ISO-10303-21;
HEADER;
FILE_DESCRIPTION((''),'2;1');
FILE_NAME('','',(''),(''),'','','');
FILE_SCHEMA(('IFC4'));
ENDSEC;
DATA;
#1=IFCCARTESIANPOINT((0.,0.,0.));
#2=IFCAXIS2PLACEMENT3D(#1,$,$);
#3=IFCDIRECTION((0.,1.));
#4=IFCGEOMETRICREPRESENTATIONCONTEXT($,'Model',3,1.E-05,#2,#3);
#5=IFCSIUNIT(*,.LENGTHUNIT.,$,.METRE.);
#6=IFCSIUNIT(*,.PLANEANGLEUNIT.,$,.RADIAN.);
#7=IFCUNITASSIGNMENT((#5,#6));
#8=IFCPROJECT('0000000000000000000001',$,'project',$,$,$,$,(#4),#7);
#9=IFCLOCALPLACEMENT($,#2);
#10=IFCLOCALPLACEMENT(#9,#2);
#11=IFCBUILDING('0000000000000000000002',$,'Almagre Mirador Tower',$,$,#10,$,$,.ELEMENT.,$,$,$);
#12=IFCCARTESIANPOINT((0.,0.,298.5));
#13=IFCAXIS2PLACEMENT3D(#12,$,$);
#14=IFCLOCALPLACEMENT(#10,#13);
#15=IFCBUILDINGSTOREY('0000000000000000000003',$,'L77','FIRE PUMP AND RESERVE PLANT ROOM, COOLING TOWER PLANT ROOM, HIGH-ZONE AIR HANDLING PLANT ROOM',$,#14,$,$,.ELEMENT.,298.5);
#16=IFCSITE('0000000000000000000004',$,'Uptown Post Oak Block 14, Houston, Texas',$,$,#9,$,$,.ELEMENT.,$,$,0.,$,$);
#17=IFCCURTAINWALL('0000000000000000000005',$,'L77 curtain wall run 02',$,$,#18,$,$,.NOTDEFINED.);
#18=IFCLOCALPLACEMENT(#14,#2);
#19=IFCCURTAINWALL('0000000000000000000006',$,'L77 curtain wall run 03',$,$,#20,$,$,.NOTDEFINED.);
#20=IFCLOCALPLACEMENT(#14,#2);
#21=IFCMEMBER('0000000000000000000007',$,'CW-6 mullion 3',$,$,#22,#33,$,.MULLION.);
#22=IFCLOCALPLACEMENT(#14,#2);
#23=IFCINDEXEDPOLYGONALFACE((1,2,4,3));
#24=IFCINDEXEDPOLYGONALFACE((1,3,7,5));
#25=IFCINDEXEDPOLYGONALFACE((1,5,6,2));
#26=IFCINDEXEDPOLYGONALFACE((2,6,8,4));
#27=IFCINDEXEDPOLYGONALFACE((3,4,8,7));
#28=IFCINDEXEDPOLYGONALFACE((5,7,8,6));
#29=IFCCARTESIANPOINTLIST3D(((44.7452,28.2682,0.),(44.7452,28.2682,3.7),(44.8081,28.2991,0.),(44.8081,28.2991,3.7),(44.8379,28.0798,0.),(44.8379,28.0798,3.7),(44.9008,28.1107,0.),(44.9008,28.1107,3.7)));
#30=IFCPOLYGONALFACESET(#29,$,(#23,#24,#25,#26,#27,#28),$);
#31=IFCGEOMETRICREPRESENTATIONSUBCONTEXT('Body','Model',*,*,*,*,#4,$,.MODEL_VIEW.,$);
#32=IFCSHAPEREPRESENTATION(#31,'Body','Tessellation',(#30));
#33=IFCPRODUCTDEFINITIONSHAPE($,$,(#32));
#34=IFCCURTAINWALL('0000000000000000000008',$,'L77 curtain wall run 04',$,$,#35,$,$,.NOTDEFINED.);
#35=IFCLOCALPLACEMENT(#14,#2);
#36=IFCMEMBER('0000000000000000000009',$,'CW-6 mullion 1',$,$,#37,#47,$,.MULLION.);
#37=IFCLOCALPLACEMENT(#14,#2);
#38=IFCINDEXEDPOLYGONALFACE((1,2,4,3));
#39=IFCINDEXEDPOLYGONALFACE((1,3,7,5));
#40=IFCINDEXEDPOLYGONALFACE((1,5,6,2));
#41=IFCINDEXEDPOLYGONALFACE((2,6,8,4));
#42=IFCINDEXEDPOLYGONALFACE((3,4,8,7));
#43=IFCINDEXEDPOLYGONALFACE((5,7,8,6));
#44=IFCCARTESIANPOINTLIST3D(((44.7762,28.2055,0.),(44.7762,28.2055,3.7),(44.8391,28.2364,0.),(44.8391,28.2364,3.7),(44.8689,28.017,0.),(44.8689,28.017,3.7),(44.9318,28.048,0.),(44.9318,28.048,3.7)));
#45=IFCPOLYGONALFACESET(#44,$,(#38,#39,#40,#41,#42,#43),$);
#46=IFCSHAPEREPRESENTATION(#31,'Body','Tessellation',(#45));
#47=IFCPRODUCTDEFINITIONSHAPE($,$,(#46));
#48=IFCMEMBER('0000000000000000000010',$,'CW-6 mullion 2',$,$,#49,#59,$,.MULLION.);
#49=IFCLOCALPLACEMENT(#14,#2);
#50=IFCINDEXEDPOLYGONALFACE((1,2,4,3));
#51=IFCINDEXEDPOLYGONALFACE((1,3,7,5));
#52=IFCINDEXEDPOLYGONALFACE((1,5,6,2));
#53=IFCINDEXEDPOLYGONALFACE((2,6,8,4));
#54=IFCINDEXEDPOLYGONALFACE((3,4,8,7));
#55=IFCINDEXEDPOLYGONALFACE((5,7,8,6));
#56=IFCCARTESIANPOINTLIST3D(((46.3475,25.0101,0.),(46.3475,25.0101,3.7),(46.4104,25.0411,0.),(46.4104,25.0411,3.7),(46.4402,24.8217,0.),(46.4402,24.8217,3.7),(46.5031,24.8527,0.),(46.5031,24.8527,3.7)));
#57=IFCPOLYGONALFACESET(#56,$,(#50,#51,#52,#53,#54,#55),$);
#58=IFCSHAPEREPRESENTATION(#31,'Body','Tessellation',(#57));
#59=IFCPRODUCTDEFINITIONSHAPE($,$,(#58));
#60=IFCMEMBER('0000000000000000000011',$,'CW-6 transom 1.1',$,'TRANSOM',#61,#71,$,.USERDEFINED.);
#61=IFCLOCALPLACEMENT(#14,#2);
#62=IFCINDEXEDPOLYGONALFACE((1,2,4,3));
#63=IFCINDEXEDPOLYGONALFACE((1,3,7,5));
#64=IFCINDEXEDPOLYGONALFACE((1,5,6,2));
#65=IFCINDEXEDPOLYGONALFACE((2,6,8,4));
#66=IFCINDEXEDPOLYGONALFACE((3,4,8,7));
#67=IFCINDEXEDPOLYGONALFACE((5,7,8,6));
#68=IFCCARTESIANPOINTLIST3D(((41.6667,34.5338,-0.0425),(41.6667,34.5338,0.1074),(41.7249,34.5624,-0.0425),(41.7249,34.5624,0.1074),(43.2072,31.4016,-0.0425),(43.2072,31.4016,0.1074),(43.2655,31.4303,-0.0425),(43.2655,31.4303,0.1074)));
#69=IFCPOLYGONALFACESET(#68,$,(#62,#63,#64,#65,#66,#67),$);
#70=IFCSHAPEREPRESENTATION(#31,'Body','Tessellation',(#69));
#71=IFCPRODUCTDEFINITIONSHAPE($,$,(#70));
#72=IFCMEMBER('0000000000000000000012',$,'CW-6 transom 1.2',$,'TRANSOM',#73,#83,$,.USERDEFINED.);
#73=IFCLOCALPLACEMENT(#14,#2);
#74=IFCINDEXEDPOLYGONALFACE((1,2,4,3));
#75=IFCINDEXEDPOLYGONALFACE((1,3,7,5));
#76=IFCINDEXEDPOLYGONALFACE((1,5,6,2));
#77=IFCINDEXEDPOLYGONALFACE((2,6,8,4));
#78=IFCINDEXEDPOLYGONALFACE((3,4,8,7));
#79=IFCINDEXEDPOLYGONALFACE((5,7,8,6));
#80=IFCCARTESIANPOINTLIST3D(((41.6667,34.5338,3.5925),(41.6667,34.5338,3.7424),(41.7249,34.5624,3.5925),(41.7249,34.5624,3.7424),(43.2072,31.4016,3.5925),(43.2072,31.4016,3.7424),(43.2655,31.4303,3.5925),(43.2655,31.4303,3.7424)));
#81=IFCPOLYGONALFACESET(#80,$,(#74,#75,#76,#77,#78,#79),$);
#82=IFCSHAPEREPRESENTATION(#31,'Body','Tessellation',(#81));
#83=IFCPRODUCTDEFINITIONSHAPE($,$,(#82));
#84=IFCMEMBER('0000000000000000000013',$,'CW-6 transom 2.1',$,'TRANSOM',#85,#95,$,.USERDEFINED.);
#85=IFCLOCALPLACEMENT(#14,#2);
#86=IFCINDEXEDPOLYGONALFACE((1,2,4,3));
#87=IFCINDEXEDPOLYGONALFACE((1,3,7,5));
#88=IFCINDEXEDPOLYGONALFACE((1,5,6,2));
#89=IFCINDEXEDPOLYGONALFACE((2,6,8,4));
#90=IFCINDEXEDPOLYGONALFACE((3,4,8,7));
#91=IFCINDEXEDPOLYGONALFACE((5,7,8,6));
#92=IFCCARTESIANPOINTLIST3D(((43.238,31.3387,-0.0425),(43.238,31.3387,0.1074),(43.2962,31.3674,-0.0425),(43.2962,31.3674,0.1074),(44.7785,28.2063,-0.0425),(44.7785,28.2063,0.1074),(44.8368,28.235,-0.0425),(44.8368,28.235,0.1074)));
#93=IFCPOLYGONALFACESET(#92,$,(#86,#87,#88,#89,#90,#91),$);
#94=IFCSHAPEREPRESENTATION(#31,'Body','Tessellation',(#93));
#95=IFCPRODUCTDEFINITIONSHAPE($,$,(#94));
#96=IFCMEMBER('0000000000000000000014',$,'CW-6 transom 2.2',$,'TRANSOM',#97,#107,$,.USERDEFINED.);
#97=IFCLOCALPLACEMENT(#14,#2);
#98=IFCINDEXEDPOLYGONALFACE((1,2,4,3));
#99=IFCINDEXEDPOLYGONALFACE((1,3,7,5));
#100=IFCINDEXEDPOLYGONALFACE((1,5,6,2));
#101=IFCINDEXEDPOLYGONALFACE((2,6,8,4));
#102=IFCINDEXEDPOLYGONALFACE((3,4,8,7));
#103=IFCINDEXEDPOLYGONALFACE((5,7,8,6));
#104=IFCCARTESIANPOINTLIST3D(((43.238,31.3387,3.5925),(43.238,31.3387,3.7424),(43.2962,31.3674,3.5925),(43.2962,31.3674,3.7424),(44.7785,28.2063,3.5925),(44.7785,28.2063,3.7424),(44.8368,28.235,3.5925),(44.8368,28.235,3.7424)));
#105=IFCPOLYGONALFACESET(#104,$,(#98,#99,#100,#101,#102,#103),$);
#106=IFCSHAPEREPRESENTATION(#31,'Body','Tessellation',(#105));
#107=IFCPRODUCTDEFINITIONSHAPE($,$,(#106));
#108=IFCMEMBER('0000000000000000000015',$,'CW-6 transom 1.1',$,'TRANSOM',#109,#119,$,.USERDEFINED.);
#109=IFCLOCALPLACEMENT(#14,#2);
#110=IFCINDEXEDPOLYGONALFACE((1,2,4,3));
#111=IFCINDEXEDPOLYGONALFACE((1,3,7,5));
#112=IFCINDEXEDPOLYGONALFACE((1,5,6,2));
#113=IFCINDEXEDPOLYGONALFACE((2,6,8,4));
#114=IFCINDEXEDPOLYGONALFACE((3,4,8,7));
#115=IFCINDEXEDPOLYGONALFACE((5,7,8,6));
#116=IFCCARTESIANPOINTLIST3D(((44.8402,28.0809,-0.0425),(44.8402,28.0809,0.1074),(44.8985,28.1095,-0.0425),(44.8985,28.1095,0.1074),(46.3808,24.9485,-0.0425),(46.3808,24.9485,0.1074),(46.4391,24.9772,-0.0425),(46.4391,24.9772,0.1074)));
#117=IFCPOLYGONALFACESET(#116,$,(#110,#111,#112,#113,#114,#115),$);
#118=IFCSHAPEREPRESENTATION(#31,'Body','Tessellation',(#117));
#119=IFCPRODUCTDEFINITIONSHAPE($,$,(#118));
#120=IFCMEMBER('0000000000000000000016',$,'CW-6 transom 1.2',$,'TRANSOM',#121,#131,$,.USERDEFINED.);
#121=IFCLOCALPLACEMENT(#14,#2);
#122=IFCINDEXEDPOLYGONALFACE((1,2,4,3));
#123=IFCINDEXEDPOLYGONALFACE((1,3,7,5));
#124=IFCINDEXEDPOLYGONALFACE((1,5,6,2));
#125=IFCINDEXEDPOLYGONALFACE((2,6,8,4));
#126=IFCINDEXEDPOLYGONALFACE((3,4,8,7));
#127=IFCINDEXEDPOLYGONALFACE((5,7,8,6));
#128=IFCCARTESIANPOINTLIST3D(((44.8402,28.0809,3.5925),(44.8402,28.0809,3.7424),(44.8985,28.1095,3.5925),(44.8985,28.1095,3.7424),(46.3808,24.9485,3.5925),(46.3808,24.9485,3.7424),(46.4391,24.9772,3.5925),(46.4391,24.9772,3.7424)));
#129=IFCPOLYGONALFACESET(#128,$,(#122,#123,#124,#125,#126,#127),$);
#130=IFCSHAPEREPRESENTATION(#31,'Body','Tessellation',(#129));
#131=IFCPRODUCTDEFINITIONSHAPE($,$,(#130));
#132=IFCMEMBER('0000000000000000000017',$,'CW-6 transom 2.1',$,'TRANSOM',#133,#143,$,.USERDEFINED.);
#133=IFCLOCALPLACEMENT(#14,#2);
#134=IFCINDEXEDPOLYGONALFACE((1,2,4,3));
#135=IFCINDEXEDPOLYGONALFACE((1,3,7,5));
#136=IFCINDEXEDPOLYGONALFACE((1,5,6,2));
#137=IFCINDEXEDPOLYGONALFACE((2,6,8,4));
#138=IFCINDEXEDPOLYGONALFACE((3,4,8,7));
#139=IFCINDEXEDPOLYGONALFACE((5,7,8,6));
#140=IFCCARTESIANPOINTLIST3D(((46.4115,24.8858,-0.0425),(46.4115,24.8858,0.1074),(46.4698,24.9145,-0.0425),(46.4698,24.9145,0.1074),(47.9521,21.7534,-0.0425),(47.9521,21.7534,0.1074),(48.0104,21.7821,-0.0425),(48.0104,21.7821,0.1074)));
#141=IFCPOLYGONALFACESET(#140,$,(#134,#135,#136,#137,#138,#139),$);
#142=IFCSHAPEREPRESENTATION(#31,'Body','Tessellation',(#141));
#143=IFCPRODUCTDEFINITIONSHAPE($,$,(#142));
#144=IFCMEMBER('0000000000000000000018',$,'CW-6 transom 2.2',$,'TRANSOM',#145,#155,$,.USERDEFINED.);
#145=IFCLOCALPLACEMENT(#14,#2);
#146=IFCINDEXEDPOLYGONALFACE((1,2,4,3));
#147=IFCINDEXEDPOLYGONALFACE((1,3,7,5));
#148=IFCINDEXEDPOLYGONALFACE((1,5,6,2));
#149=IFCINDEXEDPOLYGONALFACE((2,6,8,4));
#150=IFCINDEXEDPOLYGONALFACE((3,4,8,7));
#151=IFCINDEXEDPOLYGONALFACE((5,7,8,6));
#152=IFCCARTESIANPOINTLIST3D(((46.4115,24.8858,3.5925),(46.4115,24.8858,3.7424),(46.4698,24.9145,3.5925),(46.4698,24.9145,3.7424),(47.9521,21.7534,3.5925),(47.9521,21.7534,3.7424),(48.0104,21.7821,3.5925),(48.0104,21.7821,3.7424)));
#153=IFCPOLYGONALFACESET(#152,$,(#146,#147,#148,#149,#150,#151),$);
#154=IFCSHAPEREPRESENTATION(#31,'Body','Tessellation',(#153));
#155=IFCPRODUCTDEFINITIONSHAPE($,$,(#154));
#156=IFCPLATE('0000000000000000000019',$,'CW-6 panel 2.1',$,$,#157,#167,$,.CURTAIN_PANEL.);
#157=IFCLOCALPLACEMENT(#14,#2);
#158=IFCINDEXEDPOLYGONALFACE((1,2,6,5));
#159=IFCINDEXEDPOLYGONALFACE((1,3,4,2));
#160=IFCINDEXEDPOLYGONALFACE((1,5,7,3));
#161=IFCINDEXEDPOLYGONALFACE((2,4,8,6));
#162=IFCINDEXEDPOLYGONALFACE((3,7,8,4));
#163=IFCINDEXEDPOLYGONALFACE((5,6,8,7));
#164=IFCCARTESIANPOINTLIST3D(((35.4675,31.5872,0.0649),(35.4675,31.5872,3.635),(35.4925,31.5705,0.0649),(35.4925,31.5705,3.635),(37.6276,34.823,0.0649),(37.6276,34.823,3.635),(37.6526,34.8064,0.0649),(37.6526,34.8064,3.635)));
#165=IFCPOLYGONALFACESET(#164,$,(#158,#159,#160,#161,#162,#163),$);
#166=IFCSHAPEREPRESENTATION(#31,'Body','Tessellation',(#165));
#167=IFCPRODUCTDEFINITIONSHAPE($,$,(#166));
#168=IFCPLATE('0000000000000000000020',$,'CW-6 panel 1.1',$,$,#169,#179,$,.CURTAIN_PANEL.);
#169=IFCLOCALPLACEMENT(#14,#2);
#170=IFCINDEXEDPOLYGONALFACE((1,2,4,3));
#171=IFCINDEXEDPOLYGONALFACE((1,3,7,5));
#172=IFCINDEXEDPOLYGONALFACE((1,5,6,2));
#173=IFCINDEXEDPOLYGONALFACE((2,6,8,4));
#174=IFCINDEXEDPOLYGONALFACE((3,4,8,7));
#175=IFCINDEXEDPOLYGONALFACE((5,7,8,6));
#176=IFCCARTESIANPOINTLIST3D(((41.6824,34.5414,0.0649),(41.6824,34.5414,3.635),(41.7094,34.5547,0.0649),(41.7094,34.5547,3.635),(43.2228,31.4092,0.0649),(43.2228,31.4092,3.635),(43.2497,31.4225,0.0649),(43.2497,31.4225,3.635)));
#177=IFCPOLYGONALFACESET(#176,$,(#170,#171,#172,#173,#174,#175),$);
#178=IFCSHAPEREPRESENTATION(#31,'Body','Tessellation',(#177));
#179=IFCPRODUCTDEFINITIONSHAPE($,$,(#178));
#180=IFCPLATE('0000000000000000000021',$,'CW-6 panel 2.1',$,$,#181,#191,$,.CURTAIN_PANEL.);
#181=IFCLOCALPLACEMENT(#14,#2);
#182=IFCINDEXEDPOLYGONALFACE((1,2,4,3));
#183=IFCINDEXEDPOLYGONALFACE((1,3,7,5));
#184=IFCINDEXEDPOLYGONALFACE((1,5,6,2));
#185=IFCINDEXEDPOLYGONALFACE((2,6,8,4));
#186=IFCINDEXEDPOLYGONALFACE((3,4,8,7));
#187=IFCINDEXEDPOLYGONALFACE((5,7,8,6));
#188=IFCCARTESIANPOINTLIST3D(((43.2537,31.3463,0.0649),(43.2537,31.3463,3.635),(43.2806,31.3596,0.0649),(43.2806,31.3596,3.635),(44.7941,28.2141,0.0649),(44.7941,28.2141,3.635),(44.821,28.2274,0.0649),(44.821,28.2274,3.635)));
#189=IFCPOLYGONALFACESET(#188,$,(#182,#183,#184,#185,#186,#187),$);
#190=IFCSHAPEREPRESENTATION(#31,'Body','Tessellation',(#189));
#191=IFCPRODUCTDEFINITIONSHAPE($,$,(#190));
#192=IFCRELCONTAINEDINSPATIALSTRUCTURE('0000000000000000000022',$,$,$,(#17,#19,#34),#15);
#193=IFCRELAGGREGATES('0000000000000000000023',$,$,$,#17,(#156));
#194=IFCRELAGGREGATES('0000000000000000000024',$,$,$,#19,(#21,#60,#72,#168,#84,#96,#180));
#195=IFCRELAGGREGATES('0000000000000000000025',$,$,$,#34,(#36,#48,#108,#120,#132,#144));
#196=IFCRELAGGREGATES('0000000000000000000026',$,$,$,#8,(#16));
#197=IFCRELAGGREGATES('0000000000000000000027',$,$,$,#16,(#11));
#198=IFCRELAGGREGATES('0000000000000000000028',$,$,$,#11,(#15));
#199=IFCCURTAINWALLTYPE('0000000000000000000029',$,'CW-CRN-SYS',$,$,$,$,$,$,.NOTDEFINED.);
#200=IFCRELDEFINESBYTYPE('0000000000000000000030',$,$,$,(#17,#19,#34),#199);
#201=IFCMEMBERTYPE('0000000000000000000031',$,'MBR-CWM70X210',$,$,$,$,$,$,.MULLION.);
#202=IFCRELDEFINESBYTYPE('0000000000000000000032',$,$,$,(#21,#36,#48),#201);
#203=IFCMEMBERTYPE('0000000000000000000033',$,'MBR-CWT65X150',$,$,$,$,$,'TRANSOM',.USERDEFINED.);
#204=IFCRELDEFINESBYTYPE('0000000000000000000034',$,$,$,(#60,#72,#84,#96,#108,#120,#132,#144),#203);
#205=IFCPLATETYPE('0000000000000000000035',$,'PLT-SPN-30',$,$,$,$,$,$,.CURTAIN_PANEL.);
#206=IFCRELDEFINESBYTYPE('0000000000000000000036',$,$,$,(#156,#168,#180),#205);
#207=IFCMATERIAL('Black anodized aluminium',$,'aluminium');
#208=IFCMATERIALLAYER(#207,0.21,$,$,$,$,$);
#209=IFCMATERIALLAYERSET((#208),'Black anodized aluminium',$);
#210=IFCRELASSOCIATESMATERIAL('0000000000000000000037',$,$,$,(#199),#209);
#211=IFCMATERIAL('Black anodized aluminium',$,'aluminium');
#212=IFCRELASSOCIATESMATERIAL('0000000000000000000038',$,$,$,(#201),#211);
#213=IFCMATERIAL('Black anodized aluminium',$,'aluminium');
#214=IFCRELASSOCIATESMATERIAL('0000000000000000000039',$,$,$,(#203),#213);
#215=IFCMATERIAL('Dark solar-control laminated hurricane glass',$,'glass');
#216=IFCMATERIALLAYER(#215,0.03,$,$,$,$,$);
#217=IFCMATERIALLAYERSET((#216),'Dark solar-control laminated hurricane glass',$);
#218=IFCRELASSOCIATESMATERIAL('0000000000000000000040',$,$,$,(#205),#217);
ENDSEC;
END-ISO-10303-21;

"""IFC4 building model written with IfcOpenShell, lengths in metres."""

from ifc_helpers import new_model, si_unit, direction, frame, origin, origin_2d, place, context, subcontext, project, spatial, rectangle, extrude, material, layer, layer_set, material_profile, profile_set, type_object, element, aggregate, save


model = new_model("IFC4")

# Units and contexts
model_context = context("Model", 3, precision=1e-05, world=origin(), true_north=direction((0.0, 1.0)))
body_context = subcontext(model_context, "Body", "Model", "MODEL_VIEW")
ifc_project = project(units=[si_unit("LENGTHUNIT", "METRE"), si_unit("PLANEANGLEUNIT", "RADIAN")], contexts=[model_context])

# Site, building, storey
site_placement = place(None, origin())
site = spatial("IfcSite", under=ifc_project, at=site_placement, Name="Uptown Post Oak Block 14, Houston, Texas", CompositionType="ELEMENT", RefElevation=0.0)
building_placement = place(site_placement, origin())
building = spatial("IfcBuilding", under=site, at=building_placement, Name="Almagre Mirador Tower", CompositionType="ELEMENT")
storey_placement = place(building_placement, frame((0.0, 0.0, 298.5)))
storey = spatial("IfcBuildingStorey", under=building, at=storey_placement, Name="L77", Description="FIRE PUMP AND RESERVE PLANT ROOM, COOLING TOWER PLANT ROOM, HIGH-ZONE AIR HANDLING PLANT ROOM", CompositionType="ELEMENT", Elevation=298.5)

# Curtain wall
ifc_material_1 = material(Name="Black anodized aluminium", Category="aluminium")
ifc_layer_1 = layer(ifc_material_1, 0.21)
ifc_layer_set_1 = layer_set([ifc_layer_1], Name="Black anodized aluminium")
curtain_wall_type = type_object("IfcCurtainWallType", Name="CW-CRN-SYS", PredefinedType="NOTDEFINED", material=ifc_layer_set_1)
curtain_wall_1_placement = place(storey_placement, origin())
curtain_wall_1 = element("IfcCurtainWall", 1, at=curtain_wall_1_placement, inside=storey, type_object=curtain_wall_type, Name="L77 curtain wall run 02", PredefinedType="NOTDEFINED")
ifc_material_2 = material(Name="Black anodized aluminium", Category="aluminium")
ifc_material_profile_1 = material_profile(ifc_material_2, rectangle(XDim=0.0701, YDim=0.21, at=origin_2d()), Name="CWM70X210")
ifc_profile_set_1 = profile_set([ifc_material_profile_1], Name="Black anodized aluminium")
member_type_1 = type_object("IfcMemberType", Name="MBR-CWM70X210", PredefinedType="MULLION", material=ifc_profile_set_1)

# Curtain walls, members
curtain_wall_2_placement = place(storey_placement, origin())
curtain_wall_2 = element("IfcCurtainWall", 2, at=curtain_wall_2_placement, inside=storey, type_object=curtain_wall_type, Name="L77 curtain wall run 03", PredefinedType="NOTDEFINED")
member_1_placement = place(storey_placement, frame((44.823, 28.1895, 0.0), z_axis=(0.0, 0.0, 1.0), x_axis=(0.897356, 0.441308, 0.0)))
member_1 = element("IfcMember", 3, at=member_1_placement, type_object=member_type_1, Name="CW-6 mullion 3", PredefinedType="MULLION", context=body_context, shape_type="SweptSolid", body=[
    extrude(rectangle(XDim=0.0701, YDim=0.21, at=origin_2d()), origin(), (0.0, 0.0, 1.0), 3.7),
])
curtain_wall_3_placement = place(storey_placement, origin())
curtain_wall_3 = element("IfcCurtainWall", 4, at=curtain_wall_3_placement, inside=storey, type_object=curtain_wall_type, Name="L77 curtain wall run 04", PredefinedType="NOTDEFINED")
member_2_placement = place(storey_placement, frame((44.854, 28.1267, 0.0), z_axis=(0.0, 0.0, 1.0), x_axis=(0.897356, 0.441308, 0.0)))
member_2 = element("IfcMember", 5, at=member_2_placement, type_object=member_type_1, Name="CW-6 mullion 1", PredefinedType="MULLION", context=body_context, shape_type="SweptSolid", body=[
    extrude(rectangle(XDim=0.0701, YDim=0.21, at=origin_2d()), origin(), (0.0, 0.0, 1.0), 3.7),
])
member_3_placement = place(storey_placement, frame((46.4253, 24.9314, 0.0), z_axis=(0.0, 0.0, 1.0), x_axis=(0.897356, 0.441308, 0.0)))
member_3 = element("IfcMember", 6, at=member_3_placement, type_object=member_type_1, Name="CW-6 mullion 2", PredefinedType="MULLION", context=body_context, shape_type="SweptSolid", body=[
    extrude(rectangle(XDim=0.0701, YDim=0.21, at=origin_2d()), origin(), (0.0, 0.0, 1.0), 3.7),
])

# Members
ifc_material_3 = material(Name="Black anodized aluminium", Category="aluminium")
ifc_material_profile_2 = material_profile(ifc_material_3, rectangle(XDim=0.0649, YDim=0.1499, at=origin_2d()), Name="CWT65X150")
ifc_profile_set_2 = profile_set([ifc_material_profile_2], Name="Black anodized aluminium")
member_type_2 = type_object("IfcMemberType", Name="MBR-CWT65X150", ElementType="TRANSOM", PredefinedType="USERDEFINED", material=ifc_profile_set_2)
member_4_placement = place(storey_placement, frame((41.6958, 34.5481, 0.0325), z_axis=(0.441357, -0.897332, 0.0), x_axis=(0.897332, 0.441357, 0.0)))
member_4 = element("IfcMember", 7, at=member_4_placement, type_object=member_type_2, Name="CW-6 transom 1.1", ObjectType="TRANSOM", PredefinedType="USERDEFINED", context=body_context, shape_type="SweptSolid", body=[
    extrude(rectangle(XDim=0.0649, YDim=0.1499, at=origin_2d()), origin(), (0.0, 0.0, 1.0), 3.4905),
])
member_5_placement = place(storey_placement, frame((41.6958, 34.5481, 3.6675), z_axis=(0.441357, -0.897332, 0.0), x_axis=(0.897332, 0.441357, 0.0)))
member_5 = element("IfcMember", 8, at=member_5_placement, type_object=member_type_2, Name="CW-6 transom 1.2", ObjectType="TRANSOM", PredefinedType="USERDEFINED", context=body_context, shape_type="SweptSolid", body=[
    extrude(rectangle(XDim=0.0649, YDim=0.1499, at=origin_2d()), origin(), (0.0, 0.0, 1.0), 3.4905),
])
member_6_placement = place(storey_placement, frame((43.2671, 31.353, 0.0325), z_axis=(0.441329, -0.897345, 0.0), x_axis=(0.897345, 0.441329, 0.0)))
member_6 = element("IfcMember", 9, at=member_6_placement, type_object=member_type_2, Name="CW-6 transom 2.1", ObjectType="TRANSOM", PredefinedType="USERDEFINED", context=body_context, shape_type="SweptSolid", body=[
    extrude(rectangle(XDim=0.0649, YDim=0.1499, at=origin_2d()), origin(), (0.0, 0.0, 1.0), 3.4907),
])
member_7_placement = place(storey_placement, frame((43.2671, 31.353, 3.6675), z_axis=(0.441329, -0.897345, 0.0), x_axis=(0.897345, 0.441329, 0.0)))
member_7 = element("IfcMember", 10, at=member_7_placement, type_object=member_type_2, Name="CW-6 transom 2.2", ObjectType="TRANSOM", PredefinedType="USERDEFINED", context=body_context, shape_type="SweptSolid", body=[
    extrude(rectangle(XDim=0.0649, YDim=0.1499, at=origin_2d()), origin(), (0.0, 0.0, 1.0), 3.4907),
])
member_8_placement = place(storey_placement, frame((44.8694, 28.0952, 0.0325), z_axis=(0.441329, -0.897345, 0.0), x_axis=(0.897345, 0.441329, 0.0)))
member_8 = element("IfcMember", 11, at=member_8_placement, type_object=member_type_2, Name="CW-6 transom 1.1", ObjectType="TRANSOM", PredefinedType="USERDEFINED", context=body_context, shape_type="SweptSolid", body=[
    extrude(rectangle(XDim=0.0649, YDim=0.1499, at=origin_2d()), origin(), (0.0, 0.0, 1.0), 3.4907),
])
member_9_placement = place(storey_placement, frame((44.8694, 28.0952, 3.6675), z_axis=(0.441329, -0.897345, 0.0), x_axis=(0.897345, 0.441329, 0.0)))
member_9 = element("IfcMember", 12, at=member_9_placement, type_object=member_type_2, Name="CW-6 transom 1.2", ObjectType="TRANSOM", PredefinedType="USERDEFINED", context=body_context, shape_type="SweptSolid", body=[
    extrude(rectangle(XDim=0.0649, YDim=0.1499, at=origin_2d()), origin(), (0.0, 0.0, 1.0), 3.4907),
])
member_10_placement = place(storey_placement, frame((46.4407, 24.9001, 0.0325), z_axis=(0.441329, -0.897345, 0.0), x_axis=(0.897345, 0.441329, 0.0)))
member_10 = element("IfcMember", 13, at=member_10_placement, type_object=member_type_2, Name="CW-6 transom 2.1", ObjectType="TRANSOM", PredefinedType="USERDEFINED", context=body_context, shape_type="SweptSolid", body=[
    extrude(rectangle(XDim=0.0649, YDim=0.1499, at=origin_2d()), origin(), (0.0, 0.0, 1.0), 3.4907),
])
member_11_placement = place(storey_placement, frame((46.4407, 24.9001, 3.6675), z_axis=(0.441329, -0.897345, 0.0), x_axis=(0.897345, 0.441329, 0.0)))
member_11 = element("IfcMember", 14, at=member_11_placement, type_object=member_type_2, Name="CW-6 transom 2.2", ObjectType="TRANSOM", PredefinedType="USERDEFINED", context=body_context, shape_type="SweptSolid", body=[
    extrude(rectangle(XDim=0.0649, YDim=0.1499, at=origin_2d()), origin(), (0.0, 0.0, 1.0), 3.4907),
])

# Plates
ifc_material_4 = material(Name="Dark solar-control laminated hurricane glass", Category="glass")
ifc_layer_2 = layer(ifc_material_4, 0.03)
ifc_layer_set_2 = layer_set([ifc_layer_2], Name="Dark solar-control laminated hurricane glass")
plate_type = type_object("IfcPlateType", Name="PLT-SPN-30", PredefinedType="CURTAIN_PANEL", material=ifc_layer_set_2)
plate_1_placement = place(storey_placement, frame((36.5601, 33.1968, 0.0649), z_axis=(0.0, 0.0, 1.0), x_axis=(0.55522, 0.831704, 0.0)))
plate_1 = element("IfcPlate", 15, at=plate_1_placement, type_object=plate_type, Name="CW-6 panel 2.1", PredefinedType="CURTAIN_PANEL", context=body_context, shape_type="SweptSolid", body=[
    extrude(rectangle(XDim=3.8906, YDim=0.03, at=origin_2d()), origin(), (0.0, 0.0, 1.0), 3.5701),
])
aggregate(curtain_wall_1, [plate_1])
plate_2_placement = place(storey_placement, frame((42.4661, 32.9819, 0.0649), z_axis=(0.0, 0.0, 1.0), x_axis=(0.441308, -0.897356, 0.0)))
plate_2 = element("IfcPlate", 16, at=plate_2_placement, type_object=plate_type, Name="CW-6 panel 1.1", PredefinedType="CURTAIN_PANEL", context=body_context, shape_type="SweptSolid", body=[
    extrude(rectangle(XDim=3.4905, YDim=0.03, at=origin_2d()), origin(), (0.0, 0.0, 1.0), 3.5701),
])
plate_3_placement = place(storey_placement, frame((44.0374, 29.7869, 0.0649), z_axis=(0.0, 0.0, 1.0), x_axis=(0.441308, -0.897356, 0.0)))
plate_3 = element("IfcPlate", 17, at=plate_3_placement, type_object=plate_type, Name="CW-6 panel 2.1", PredefinedType="CURTAIN_PANEL", context=body_context, shape_type="SweptSolid", body=[
    extrude(rectangle(XDim=3.4905, YDim=0.03, at=origin_2d()), origin(), (0.0, 0.0, 1.0), 3.5701),
])
aggregate(curtain_wall_2, [member_1, member_4, member_5, plate_2, member_6, member_7, plate_3])
aggregate(curtain_wall_3, [member_2, member_3, member_8, member_9, member_10, member_11])

save(model, "model.ifc")
